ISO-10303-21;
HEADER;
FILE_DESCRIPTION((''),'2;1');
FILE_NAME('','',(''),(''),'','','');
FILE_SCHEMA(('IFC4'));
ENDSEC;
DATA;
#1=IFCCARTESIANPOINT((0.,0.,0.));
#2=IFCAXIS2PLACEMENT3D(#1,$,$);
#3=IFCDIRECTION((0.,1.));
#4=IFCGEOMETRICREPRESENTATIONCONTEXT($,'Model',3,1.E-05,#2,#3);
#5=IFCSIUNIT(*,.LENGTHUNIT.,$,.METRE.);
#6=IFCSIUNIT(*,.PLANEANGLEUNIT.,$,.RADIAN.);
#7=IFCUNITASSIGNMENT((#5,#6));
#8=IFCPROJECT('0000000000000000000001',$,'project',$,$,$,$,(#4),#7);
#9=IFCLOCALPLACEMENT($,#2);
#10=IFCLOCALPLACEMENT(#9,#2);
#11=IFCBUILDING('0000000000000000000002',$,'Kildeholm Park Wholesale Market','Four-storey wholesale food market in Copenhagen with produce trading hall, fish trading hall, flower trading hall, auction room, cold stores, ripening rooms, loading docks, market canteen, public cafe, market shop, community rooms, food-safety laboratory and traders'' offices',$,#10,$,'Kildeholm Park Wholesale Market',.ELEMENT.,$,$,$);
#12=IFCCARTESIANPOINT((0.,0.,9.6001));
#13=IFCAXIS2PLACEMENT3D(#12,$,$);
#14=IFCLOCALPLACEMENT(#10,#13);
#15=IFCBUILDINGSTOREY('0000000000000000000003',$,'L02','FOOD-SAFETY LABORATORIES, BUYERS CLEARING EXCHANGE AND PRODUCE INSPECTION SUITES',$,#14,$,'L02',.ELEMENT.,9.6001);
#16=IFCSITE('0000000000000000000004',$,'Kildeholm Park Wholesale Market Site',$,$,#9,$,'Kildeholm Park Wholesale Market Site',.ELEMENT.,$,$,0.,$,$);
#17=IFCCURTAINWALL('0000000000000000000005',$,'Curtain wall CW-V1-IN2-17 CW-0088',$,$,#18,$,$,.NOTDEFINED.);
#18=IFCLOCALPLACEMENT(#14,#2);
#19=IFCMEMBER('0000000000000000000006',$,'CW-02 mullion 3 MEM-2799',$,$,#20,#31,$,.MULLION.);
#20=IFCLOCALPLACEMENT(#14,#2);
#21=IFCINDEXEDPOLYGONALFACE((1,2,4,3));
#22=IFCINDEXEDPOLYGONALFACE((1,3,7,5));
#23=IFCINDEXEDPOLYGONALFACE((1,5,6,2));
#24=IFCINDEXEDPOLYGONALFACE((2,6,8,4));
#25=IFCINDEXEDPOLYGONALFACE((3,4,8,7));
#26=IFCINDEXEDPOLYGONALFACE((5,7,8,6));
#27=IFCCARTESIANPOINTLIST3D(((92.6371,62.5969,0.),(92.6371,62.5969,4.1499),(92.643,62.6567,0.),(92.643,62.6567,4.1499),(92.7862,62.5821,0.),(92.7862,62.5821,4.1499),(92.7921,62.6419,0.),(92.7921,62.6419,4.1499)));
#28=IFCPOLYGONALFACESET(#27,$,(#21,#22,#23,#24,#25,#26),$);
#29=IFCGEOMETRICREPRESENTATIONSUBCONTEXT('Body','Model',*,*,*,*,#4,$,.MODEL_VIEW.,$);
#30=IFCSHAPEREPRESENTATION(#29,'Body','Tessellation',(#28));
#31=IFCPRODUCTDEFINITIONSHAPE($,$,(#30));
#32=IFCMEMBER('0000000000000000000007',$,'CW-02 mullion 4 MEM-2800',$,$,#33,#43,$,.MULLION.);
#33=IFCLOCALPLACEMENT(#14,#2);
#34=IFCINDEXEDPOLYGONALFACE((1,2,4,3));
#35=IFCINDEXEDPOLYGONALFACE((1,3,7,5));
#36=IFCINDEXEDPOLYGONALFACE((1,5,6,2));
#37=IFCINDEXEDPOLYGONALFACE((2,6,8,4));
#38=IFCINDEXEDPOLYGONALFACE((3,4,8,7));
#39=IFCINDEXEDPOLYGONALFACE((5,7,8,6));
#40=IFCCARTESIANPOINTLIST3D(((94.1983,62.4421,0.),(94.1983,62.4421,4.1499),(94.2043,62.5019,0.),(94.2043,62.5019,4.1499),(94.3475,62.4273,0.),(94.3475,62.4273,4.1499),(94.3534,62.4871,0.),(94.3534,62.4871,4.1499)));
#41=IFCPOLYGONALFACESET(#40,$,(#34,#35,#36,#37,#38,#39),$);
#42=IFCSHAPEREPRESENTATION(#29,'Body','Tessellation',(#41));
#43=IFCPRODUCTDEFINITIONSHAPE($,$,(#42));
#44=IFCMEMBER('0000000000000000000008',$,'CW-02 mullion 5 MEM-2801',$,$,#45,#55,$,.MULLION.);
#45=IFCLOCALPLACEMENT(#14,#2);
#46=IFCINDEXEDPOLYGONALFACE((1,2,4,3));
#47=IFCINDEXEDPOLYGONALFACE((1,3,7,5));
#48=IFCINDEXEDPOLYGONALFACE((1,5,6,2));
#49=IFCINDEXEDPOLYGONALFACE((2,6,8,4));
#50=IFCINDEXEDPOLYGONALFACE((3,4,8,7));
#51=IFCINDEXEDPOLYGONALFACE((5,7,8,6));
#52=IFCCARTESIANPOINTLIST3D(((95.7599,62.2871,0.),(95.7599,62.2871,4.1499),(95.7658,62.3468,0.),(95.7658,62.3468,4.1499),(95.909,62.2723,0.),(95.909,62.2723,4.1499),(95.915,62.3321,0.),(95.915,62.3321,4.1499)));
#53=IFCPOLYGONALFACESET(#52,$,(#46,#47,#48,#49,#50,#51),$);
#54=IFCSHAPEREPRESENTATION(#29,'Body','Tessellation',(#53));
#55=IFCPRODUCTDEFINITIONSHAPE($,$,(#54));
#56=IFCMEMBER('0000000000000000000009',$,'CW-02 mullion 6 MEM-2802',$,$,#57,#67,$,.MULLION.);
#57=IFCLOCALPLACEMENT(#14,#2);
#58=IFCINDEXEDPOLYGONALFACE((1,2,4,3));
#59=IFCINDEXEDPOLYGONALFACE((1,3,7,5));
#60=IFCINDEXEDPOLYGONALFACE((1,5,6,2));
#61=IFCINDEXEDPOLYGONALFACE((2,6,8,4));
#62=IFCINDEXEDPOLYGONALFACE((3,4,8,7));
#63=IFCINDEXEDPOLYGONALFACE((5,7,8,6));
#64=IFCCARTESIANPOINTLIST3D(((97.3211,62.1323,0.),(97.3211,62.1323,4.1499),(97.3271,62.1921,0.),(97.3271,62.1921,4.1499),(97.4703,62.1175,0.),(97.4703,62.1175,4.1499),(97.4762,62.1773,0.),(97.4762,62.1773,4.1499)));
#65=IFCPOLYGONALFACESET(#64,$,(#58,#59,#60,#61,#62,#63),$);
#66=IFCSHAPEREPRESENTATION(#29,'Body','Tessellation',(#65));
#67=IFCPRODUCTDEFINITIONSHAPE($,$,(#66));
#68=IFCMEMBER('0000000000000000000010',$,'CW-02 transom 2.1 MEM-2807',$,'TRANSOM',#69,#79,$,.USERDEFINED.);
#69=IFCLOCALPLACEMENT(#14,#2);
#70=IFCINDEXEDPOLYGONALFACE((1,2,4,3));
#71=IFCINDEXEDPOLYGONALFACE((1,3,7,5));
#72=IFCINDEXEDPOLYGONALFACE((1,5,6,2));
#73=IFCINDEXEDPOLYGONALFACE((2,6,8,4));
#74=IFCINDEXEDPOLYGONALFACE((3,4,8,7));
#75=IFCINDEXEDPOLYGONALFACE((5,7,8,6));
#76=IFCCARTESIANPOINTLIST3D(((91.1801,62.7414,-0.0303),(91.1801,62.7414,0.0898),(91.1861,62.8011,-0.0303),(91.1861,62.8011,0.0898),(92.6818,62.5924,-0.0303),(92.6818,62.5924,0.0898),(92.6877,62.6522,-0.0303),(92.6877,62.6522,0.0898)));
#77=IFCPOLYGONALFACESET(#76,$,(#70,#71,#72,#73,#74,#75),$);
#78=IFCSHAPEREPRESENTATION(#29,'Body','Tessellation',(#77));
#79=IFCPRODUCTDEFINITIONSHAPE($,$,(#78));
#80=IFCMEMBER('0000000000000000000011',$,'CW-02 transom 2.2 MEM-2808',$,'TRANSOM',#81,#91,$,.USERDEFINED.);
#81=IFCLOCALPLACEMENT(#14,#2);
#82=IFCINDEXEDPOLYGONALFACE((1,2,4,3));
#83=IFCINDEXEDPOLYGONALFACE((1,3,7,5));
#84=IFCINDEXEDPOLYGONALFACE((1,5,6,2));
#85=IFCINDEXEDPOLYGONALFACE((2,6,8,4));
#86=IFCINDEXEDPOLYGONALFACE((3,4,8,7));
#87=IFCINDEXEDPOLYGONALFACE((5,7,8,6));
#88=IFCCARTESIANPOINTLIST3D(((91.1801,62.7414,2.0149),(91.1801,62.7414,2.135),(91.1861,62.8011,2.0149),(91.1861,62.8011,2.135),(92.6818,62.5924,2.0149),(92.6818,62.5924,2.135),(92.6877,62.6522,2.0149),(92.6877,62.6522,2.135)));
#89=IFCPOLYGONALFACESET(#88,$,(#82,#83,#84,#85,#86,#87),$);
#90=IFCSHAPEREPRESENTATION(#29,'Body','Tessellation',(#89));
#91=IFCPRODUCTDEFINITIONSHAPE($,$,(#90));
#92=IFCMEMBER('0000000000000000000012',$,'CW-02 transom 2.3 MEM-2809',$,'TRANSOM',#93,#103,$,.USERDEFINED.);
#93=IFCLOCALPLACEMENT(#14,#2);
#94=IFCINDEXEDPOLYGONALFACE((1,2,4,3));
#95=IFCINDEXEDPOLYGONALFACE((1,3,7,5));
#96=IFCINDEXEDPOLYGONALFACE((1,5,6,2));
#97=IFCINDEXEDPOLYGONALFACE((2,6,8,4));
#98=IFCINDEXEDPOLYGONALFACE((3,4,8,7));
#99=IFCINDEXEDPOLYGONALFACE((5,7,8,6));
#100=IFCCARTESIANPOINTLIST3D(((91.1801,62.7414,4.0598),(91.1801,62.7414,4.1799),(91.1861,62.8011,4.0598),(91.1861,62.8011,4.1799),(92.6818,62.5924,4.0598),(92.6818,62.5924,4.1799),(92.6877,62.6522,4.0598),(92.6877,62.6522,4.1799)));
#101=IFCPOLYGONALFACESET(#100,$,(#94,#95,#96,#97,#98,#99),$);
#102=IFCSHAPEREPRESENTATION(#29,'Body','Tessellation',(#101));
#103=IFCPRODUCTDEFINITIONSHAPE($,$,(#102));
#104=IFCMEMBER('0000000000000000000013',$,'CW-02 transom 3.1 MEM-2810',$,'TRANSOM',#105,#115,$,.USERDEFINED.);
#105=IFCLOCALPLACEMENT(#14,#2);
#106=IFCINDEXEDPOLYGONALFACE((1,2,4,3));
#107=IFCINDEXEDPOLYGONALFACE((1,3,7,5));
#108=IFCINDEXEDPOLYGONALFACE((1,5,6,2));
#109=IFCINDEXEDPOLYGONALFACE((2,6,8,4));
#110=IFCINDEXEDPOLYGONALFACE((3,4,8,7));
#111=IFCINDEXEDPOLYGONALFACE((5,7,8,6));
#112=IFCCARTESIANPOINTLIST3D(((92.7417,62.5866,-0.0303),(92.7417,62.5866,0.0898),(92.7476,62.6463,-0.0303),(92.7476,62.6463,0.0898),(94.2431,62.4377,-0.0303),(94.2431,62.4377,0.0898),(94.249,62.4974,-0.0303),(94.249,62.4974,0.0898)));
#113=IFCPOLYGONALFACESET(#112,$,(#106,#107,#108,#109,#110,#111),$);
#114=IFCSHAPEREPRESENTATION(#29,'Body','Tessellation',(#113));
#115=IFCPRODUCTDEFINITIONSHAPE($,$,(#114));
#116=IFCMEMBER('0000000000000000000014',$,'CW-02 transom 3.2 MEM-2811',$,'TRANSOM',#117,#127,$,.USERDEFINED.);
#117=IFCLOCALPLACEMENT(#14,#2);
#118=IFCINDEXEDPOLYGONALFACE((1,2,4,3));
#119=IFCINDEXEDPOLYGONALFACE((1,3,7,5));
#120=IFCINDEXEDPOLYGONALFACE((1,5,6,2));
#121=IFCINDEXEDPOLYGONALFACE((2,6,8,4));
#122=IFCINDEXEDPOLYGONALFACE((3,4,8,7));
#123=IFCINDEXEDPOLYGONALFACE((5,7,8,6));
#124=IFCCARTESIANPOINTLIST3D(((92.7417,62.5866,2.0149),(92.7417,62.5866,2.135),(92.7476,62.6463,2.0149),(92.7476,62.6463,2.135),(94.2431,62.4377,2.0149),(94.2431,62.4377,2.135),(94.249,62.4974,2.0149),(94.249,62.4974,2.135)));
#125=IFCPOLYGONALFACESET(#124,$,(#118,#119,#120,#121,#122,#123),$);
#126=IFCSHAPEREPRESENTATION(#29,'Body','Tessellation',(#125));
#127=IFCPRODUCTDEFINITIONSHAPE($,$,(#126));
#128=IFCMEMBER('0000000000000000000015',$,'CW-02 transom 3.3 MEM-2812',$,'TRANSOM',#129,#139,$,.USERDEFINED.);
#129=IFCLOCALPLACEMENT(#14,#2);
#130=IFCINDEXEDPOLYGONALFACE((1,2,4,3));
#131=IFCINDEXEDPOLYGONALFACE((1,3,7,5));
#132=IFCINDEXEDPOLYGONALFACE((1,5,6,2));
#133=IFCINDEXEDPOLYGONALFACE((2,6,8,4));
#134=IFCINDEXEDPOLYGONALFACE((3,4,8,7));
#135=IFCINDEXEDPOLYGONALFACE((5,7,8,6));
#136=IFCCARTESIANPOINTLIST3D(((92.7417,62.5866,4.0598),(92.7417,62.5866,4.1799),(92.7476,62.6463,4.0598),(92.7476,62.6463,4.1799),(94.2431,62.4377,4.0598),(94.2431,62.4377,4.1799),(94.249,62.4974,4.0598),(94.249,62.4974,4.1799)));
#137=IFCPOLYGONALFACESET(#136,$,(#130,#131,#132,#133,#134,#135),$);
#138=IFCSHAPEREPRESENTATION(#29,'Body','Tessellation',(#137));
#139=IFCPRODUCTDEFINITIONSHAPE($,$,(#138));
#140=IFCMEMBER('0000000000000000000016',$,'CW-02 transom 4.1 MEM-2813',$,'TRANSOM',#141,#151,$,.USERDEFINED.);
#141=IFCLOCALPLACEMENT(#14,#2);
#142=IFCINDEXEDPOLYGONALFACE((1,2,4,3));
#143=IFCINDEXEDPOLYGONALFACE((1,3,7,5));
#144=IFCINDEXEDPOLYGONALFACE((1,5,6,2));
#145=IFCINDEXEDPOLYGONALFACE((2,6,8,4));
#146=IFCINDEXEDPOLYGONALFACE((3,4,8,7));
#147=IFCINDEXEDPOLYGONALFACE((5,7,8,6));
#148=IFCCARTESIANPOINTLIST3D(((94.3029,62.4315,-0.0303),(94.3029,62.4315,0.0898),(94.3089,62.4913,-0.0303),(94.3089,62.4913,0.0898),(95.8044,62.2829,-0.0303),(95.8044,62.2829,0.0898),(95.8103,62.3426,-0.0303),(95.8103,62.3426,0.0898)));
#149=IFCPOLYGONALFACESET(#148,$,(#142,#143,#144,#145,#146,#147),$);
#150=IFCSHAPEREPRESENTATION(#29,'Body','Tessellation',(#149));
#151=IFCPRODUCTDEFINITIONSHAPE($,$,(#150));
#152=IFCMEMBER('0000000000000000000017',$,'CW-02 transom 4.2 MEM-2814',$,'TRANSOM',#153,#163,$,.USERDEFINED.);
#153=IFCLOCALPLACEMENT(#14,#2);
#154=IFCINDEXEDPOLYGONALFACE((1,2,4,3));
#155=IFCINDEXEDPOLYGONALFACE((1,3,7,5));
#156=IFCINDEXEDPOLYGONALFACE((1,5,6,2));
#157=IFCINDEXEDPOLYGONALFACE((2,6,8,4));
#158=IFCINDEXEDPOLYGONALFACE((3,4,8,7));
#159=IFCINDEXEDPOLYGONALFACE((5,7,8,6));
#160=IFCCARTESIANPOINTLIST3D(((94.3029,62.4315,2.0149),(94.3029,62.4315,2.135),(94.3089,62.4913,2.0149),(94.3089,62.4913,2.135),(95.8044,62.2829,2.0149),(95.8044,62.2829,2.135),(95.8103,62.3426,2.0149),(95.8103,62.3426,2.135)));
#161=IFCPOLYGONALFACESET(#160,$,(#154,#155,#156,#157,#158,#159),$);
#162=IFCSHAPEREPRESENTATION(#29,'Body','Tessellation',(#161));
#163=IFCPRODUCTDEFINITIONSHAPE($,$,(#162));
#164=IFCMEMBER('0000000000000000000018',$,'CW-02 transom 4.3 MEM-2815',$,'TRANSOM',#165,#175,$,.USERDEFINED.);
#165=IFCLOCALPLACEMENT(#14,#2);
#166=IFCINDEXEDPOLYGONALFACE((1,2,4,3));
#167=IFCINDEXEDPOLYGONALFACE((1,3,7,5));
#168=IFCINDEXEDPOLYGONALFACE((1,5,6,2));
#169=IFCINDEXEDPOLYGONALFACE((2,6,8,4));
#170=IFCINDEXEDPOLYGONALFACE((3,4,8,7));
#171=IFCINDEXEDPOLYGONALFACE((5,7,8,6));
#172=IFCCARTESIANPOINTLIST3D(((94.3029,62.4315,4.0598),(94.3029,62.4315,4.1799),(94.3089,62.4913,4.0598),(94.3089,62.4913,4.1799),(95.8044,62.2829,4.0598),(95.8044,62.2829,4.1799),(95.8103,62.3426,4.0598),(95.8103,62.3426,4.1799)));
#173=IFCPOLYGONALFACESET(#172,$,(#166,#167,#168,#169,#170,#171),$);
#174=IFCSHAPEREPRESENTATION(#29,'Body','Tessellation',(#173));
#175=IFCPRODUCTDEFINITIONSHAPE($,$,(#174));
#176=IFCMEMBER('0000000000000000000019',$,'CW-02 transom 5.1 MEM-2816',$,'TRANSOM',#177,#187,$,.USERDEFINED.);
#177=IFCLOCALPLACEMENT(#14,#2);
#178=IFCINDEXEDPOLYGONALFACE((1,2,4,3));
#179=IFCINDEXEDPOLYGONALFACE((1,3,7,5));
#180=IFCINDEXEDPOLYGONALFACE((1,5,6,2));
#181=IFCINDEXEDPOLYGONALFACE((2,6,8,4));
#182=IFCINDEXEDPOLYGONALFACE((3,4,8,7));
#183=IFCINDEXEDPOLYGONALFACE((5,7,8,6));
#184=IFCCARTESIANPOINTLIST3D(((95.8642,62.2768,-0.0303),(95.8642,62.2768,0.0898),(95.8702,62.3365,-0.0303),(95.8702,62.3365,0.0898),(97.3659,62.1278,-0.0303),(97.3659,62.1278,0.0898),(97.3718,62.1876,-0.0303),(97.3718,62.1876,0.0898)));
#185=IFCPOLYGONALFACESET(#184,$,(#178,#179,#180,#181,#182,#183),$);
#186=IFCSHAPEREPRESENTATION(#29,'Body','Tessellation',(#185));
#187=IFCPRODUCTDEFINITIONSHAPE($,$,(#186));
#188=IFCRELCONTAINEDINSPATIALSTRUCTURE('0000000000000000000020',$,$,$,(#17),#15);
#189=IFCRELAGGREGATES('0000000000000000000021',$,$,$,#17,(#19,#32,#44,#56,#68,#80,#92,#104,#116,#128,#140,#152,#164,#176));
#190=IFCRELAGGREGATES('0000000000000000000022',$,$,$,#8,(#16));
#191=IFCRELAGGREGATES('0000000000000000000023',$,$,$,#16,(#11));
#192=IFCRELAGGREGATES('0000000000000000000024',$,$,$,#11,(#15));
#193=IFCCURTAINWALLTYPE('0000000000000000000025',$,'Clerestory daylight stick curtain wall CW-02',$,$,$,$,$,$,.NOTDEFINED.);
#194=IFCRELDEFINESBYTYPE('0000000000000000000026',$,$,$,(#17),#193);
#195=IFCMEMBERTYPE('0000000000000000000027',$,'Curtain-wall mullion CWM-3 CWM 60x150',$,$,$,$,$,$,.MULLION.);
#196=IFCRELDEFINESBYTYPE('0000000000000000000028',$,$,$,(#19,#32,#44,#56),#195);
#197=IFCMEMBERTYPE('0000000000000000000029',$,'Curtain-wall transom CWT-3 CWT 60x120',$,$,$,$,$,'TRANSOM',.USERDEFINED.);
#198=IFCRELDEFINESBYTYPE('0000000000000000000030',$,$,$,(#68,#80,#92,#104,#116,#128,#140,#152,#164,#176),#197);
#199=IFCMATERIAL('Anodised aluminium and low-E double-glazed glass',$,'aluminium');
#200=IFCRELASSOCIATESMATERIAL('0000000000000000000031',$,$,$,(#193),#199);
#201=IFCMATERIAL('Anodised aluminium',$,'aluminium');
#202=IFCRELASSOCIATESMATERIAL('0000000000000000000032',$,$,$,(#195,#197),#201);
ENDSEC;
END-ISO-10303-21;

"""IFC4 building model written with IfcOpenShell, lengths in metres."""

from ifc_helpers import new_model, si_unit, direction, frame, origin, origin_2d, place, context, subcontext, project, spatial, rectangle, extrude, material, material_profile, profile_set, type_object, element, aggregate, save


model = new_model("IFC4")

# Units and contexts
model_context = context("Model", 3, precision=1e-05, world=origin(), true_north=direction((0.0, 1.0)))
body_context = subcontext(model_context, "Body", "Model", "MODEL_VIEW")
ifc_project = project(units=[si_unit("LENGTHUNIT", "METRE"), si_unit("PLANEANGLEUNIT", "RADIAN")], contexts=[model_context])

# Site, building, storey
site_placement = place(None, origin())
site = spatial("IfcSite", under=ifc_project, at=site_placement, Name="Kildeholm Park Wholesale Market Site", LongName="Kildeholm Park Wholesale Market Site", CompositionType="ELEMENT", RefElevation=0.0)
building_placement = place(site_placement, origin())
building = spatial("IfcBuilding", under=site, at=building_placement, Name="Kildeholm Park Wholesale Market", Description="Four-storey wholesale food market in Copenhagen with produce trading hall, fish trading hall, flower trading hall, auction room, cold stores, ripening rooms, loading docks, market canteen, public cafe, market shop, community rooms, food-safety laboratory and traders' offices", LongName="Kildeholm Park Wholesale Market", CompositionType="ELEMENT")
storey_placement = place(building_placement, frame((0.0, 0.0, 9.6001)))
storey = spatial("IfcBuildingStorey", under=building, at=storey_placement, Name="L02", Description="FOOD-SAFETY LABORATORIES, BUYERS CLEARING EXCHANGE AND PRODUCE INSPECTION SUITES", LongName="L02", CompositionType="ELEMENT", Elevation=9.6001)

# Curtain wall, members
ifc_material_1 = material(Name="Anodised aluminium and low-E double-glazed glass", Category="aluminium")
curtain_wall_type = type_object("IfcCurtainWallType", Name="Clerestory daylight stick curtain wall CW-02", PredefinedType="NOTDEFINED", material=ifc_material_1)
curtain_wall_placement = place(storey_placement, origin())
curtain_wall = element("IfcCurtainWall", 1, at=curtain_wall_placement, inside=storey, type_object=curtain_wall_type, Name="Curtain wall CW-V1-IN2-17 CW-0088", PredefinedType="NOTDEFINED")
ifc_material_2 = material(Name="Anodised aluminium", Category="aluminium")
ifc_material_profile_1 = material_profile(ifc_material_2, rectangle(XDim=0.0601, YDim=0.1499, at=origin_2d()), Name="CWM 60x150")
ifc_profile_set_1 = profile_set([ifc_material_profile_1], Name="Anodised aluminium")
member_type_1 = type_object("IfcMemberType", Name="Curtain-wall mullion CWM-3 CWM 60x150", PredefinedType="MULLION", material=ifc_profile_set_1)
member_1_placement = place(storey_placement, frame((92.7146, 62.6194, 0.0), z_axis=(0.0, 0.0, 1.0), x_axis=(0.098683, 0.995119, 0.0)))
member_1 = element("IfcMember", 2, at=member_1_placement, type_object=member_type_1, Name="CW-02 mullion 3 MEM-2799", PredefinedType="MULLION", context=body_context, shape_type="SweptSolid", body=[
    extrude(rectangle(XDim=0.0601, YDim=0.1499, at=origin_2d()), origin(), (0.0, 0.0, 1.0), 4.1499),
])
member_2_placement = place(storey_placement, frame((94.2759, 62.4646, 0.0), z_axis=(0.0, 0.0, 1.0), x_axis=(0.098683, 0.995119, 0.0)))
member_2 = element("IfcMember", 3, at=member_2_placement, type_object=member_type_1, Name="CW-02 mullion 4 MEM-2800", PredefinedType="MULLION", context=body_context, shape_type="SweptSolid", body=[
    extrude(rectangle(XDim=0.0601, YDim=0.1499, at=origin_2d()), origin(), (0.0, 0.0, 1.0), 4.1499),
])
member_3_placement = place(storey_placement, frame((95.8374, 62.3096, 0.0), z_axis=(0.0, 0.0, 1.0), x_axis=(0.098683, 0.995119, 0.0)))
member_3 = element("IfcMember", 4, at=member_3_placement, type_object=member_type_1, Name="CW-02 mullion 5 MEM-2801", PredefinedType="MULLION", context=body_context, shape_type="SweptSolid", body=[
    extrude(rectangle(XDim=0.0601, YDim=0.1499, at=origin_2d()), origin(), (0.0, 0.0, 1.0), 4.1499),
])
member_4_placement = place(storey_placement, frame((97.3987, 62.1548, 0.0), z_axis=(0.0, 0.0, 1.0), x_axis=(0.098683, 0.995119, 0.0)))
member_4 = element("IfcMember", 5, at=member_4_placement, type_object=member_type_1, Name="CW-02 mullion 6 MEM-2802", PredefinedType="MULLION", context=body_context, shape_type="SweptSolid", body=[
    extrude(rectangle(XDim=0.0601, YDim=0.1499, at=origin_2d()), origin(), (0.0, 0.0, 1.0), 4.1499),
])
ifc_material_profile_2 = material_profile(ifc_material_2, rectangle(XDim=0.0601, YDim=0.1201, at=origin_2d()), Name="CWT 60x120")
ifc_profile_set_2 = profile_set([ifc_material_profile_2], Name="Anodised aluminium")
member_type_2 = type_object("IfcMemberType", Name="Curtain-wall transom CWT-3 CWT 60x120", ElementType="TRANSOM", PredefinedType="USERDEFINED", material=ifc_profile_set_2)
member_5_placement = place(storey_placement, frame((91.1831, 62.7712, 0.0298), z_axis=(0.995119, -0.098687, 0.0), x_axis=(0.098687, 0.995119, 0.0)))
member_5 = element("IfcMember", 6, at=member_5_placement, type_object=member_type_2, Name="CW-02 transom 2.1 MEM-2807", ObjectType="TRANSOM", PredefinedType="USERDEFINED", context=body_context, shape_type="SweptSolid", body=[
    extrude(rectangle(XDim=0.0601, YDim=0.1201, at=origin_2d()), origin(), (0.0, 0.0, 1.0), 1.509),
])
member_6_placement = place(storey_placement, frame((91.1831, 62.7712, 2.075), z_axis=(0.995119, -0.098687, 0.0), x_axis=(0.098687, 0.995119, 0.0)))
member_6 = element("IfcMember", 7, at=member_6_placement, type_object=member_type_2, Name="CW-02 transom 2.2 MEM-2808", ObjectType="TRANSOM", PredefinedType="USERDEFINED", context=body_context, shape_type="SweptSolid", body=[
    extrude(rectangle(XDim=0.0601, YDim=0.1201, at=origin_2d()), origin(), (0.0, 0.0, 1.0), 1.509),
])
member_7_placement = place(storey_placement, frame((91.1831, 62.7712, 4.1199), z_axis=(0.995119, -0.098687, 0.0), x_axis=(0.098687, 0.995119, 0.0)))
member_7 = element("IfcMember", 8, at=member_7_placement, type_object=member_type_2, Name="CW-02 transom 2.3 MEM-2809", ObjectType="TRANSOM", PredefinedType="USERDEFINED", context=body_context, shape_type="SweptSolid", body=[
    extrude(rectangle(XDim=0.0601, YDim=0.1201, at=origin_2d()), origin(), (0.0, 0.0, 1.0), 1.509),
])
member_8_placement = place(storey_placement, frame((92.7446, 62.6165, 0.0298), z_axis=(0.995117, -0.098703, 0.0), x_axis=(0.098703, 0.995117, 0.0)))
member_8 = element("IfcMember", 9, at=member_8_placement, type_object=member_type_2, Name="CW-02 transom 3.1 MEM-2810", ObjectType="TRANSOM", PredefinedType="USERDEFINED", context=body_context, shape_type="SweptSolid", body=[
    extrude(rectangle(XDim=0.0601, YDim=0.1201, at=origin_2d()), origin(), (0.0, 0.0, 1.0), 1.5088),
])
member_9_placement = place(storey_placement, frame((92.7446, 62.6165, 2.075), z_axis=(0.995117, -0.098703, 0.0), x_axis=(0.098703, 0.995117, 0.0)))
member_9 = element("IfcMember", 10, at=member_9_placement, type_object=member_type_2, Name="CW-02 transom 3.2 MEM-2811", ObjectType="TRANSOM", PredefinedType="USERDEFINED", context=body_context, shape_type="SweptSolid", body=[
    extrude(rectangle(XDim=0.0601, YDim=0.1201, at=origin_2d()), origin(), (0.0, 0.0, 1.0), 1.5088),
])
member_10_placement = place(storey_placement, frame((92.7446, 62.6165, 4.1199), z_axis=(0.995117, -0.098703, 0.0), x_axis=(0.098703, 0.995117, 0.0)))
member_10 = element("IfcMember", 11, at=member_10_placement, type_object=member_type_2, Name="CW-02 transom 3.3 MEM-2812", ObjectType="TRANSOM", PredefinedType="USERDEFINED", context=body_context, shape_type="SweptSolid", body=[
    extrude(rectangle(XDim=0.0601, YDim=0.1201, at=origin_2d()), origin(), (0.0, 0.0, 1.0), 1.5088),
])
member_11_placement = place(storey_placement, frame((94.3059, 62.4614, 0.0298), z_axis=(0.995133, -0.098542, 0.0), x_axis=(0.098542, 0.995133, 0.0)))
member_11 = element("IfcMember", 12, at=member_11_placement, type_object=member_type_2, Name="CW-02 transom 4.1 MEM-2813", ObjectType="TRANSOM", PredefinedType="USERDEFINED", context=body_context, shape_type="SweptSolid", body=[
    extrude(rectangle(XDim=0.0601, YDim=0.1201, at=origin_2d()), origin(), (0.0, 0.0, 1.0), 1.5088),
])
member_12_placement = place(storey_placement, frame((94.3059, 62.4614, 2.075), z_axis=(0.995133, -0.098542, 0.0), x_axis=(0.098542, 0.995133, 0.0)))
member_12 = element("IfcMember", 13, at=member_12_placement, type_object=member_type_2, Name="CW-02 transom 4.2 MEM-2814", ObjectType="TRANSOM", PredefinedType="USERDEFINED", context=body_context, shape_type="SweptSolid", body=[
    extrude(rectangle(XDim=0.0601, YDim=0.1201, at=origin_2d()), origin(), (0.0, 0.0, 1.0), 1.5088),
])
member_13_placement = place(storey_placement, frame((94.3059, 62.4614, 4.1199), z_axis=(0.995133, -0.098542, 0.0), x_axis=(0.098542, 0.995133, 0.0)))
member_13 = element("IfcMember", 14, at=member_13_placement, type_object=member_type_2, Name="CW-02 transom 4.3 MEM-2815", ObjectType="TRANSOM", PredefinedType="USERDEFINED", context=body_context, shape_type="SweptSolid", body=[
    extrude(rectangle(XDim=0.0601, YDim=0.1201, at=origin_2d()), origin(), (0.0, 0.0, 1.0), 1.5088),
])
member_14_placement = place(storey_placement, frame((95.8672, 62.3066, 0.0298), z_axis=(0.995119, -0.098687, 0.0), x_axis=(0.098687, 0.995119, 0.0)))
member_14 = element("IfcMember", 15, at=member_14_placement, type_object=member_type_2, Name="CW-02 transom 5.1 MEM-2816", ObjectType="TRANSOM", PredefinedType="USERDEFINED", context=body_context, shape_type="SweptSolid", body=[
    extrude(rectangle(XDim=0.0601, YDim=0.1201, at=origin_2d()), origin(), (0.0, 0.0, 1.0), 1.509),
])
aggregate(curtain_wall, [member_1, member_2, member_3, member_4, member_5, member_6, member_7, member_8, member_9, member_10, member_11, member_12, member_13, member_14])

save(model, "model.ifc")
